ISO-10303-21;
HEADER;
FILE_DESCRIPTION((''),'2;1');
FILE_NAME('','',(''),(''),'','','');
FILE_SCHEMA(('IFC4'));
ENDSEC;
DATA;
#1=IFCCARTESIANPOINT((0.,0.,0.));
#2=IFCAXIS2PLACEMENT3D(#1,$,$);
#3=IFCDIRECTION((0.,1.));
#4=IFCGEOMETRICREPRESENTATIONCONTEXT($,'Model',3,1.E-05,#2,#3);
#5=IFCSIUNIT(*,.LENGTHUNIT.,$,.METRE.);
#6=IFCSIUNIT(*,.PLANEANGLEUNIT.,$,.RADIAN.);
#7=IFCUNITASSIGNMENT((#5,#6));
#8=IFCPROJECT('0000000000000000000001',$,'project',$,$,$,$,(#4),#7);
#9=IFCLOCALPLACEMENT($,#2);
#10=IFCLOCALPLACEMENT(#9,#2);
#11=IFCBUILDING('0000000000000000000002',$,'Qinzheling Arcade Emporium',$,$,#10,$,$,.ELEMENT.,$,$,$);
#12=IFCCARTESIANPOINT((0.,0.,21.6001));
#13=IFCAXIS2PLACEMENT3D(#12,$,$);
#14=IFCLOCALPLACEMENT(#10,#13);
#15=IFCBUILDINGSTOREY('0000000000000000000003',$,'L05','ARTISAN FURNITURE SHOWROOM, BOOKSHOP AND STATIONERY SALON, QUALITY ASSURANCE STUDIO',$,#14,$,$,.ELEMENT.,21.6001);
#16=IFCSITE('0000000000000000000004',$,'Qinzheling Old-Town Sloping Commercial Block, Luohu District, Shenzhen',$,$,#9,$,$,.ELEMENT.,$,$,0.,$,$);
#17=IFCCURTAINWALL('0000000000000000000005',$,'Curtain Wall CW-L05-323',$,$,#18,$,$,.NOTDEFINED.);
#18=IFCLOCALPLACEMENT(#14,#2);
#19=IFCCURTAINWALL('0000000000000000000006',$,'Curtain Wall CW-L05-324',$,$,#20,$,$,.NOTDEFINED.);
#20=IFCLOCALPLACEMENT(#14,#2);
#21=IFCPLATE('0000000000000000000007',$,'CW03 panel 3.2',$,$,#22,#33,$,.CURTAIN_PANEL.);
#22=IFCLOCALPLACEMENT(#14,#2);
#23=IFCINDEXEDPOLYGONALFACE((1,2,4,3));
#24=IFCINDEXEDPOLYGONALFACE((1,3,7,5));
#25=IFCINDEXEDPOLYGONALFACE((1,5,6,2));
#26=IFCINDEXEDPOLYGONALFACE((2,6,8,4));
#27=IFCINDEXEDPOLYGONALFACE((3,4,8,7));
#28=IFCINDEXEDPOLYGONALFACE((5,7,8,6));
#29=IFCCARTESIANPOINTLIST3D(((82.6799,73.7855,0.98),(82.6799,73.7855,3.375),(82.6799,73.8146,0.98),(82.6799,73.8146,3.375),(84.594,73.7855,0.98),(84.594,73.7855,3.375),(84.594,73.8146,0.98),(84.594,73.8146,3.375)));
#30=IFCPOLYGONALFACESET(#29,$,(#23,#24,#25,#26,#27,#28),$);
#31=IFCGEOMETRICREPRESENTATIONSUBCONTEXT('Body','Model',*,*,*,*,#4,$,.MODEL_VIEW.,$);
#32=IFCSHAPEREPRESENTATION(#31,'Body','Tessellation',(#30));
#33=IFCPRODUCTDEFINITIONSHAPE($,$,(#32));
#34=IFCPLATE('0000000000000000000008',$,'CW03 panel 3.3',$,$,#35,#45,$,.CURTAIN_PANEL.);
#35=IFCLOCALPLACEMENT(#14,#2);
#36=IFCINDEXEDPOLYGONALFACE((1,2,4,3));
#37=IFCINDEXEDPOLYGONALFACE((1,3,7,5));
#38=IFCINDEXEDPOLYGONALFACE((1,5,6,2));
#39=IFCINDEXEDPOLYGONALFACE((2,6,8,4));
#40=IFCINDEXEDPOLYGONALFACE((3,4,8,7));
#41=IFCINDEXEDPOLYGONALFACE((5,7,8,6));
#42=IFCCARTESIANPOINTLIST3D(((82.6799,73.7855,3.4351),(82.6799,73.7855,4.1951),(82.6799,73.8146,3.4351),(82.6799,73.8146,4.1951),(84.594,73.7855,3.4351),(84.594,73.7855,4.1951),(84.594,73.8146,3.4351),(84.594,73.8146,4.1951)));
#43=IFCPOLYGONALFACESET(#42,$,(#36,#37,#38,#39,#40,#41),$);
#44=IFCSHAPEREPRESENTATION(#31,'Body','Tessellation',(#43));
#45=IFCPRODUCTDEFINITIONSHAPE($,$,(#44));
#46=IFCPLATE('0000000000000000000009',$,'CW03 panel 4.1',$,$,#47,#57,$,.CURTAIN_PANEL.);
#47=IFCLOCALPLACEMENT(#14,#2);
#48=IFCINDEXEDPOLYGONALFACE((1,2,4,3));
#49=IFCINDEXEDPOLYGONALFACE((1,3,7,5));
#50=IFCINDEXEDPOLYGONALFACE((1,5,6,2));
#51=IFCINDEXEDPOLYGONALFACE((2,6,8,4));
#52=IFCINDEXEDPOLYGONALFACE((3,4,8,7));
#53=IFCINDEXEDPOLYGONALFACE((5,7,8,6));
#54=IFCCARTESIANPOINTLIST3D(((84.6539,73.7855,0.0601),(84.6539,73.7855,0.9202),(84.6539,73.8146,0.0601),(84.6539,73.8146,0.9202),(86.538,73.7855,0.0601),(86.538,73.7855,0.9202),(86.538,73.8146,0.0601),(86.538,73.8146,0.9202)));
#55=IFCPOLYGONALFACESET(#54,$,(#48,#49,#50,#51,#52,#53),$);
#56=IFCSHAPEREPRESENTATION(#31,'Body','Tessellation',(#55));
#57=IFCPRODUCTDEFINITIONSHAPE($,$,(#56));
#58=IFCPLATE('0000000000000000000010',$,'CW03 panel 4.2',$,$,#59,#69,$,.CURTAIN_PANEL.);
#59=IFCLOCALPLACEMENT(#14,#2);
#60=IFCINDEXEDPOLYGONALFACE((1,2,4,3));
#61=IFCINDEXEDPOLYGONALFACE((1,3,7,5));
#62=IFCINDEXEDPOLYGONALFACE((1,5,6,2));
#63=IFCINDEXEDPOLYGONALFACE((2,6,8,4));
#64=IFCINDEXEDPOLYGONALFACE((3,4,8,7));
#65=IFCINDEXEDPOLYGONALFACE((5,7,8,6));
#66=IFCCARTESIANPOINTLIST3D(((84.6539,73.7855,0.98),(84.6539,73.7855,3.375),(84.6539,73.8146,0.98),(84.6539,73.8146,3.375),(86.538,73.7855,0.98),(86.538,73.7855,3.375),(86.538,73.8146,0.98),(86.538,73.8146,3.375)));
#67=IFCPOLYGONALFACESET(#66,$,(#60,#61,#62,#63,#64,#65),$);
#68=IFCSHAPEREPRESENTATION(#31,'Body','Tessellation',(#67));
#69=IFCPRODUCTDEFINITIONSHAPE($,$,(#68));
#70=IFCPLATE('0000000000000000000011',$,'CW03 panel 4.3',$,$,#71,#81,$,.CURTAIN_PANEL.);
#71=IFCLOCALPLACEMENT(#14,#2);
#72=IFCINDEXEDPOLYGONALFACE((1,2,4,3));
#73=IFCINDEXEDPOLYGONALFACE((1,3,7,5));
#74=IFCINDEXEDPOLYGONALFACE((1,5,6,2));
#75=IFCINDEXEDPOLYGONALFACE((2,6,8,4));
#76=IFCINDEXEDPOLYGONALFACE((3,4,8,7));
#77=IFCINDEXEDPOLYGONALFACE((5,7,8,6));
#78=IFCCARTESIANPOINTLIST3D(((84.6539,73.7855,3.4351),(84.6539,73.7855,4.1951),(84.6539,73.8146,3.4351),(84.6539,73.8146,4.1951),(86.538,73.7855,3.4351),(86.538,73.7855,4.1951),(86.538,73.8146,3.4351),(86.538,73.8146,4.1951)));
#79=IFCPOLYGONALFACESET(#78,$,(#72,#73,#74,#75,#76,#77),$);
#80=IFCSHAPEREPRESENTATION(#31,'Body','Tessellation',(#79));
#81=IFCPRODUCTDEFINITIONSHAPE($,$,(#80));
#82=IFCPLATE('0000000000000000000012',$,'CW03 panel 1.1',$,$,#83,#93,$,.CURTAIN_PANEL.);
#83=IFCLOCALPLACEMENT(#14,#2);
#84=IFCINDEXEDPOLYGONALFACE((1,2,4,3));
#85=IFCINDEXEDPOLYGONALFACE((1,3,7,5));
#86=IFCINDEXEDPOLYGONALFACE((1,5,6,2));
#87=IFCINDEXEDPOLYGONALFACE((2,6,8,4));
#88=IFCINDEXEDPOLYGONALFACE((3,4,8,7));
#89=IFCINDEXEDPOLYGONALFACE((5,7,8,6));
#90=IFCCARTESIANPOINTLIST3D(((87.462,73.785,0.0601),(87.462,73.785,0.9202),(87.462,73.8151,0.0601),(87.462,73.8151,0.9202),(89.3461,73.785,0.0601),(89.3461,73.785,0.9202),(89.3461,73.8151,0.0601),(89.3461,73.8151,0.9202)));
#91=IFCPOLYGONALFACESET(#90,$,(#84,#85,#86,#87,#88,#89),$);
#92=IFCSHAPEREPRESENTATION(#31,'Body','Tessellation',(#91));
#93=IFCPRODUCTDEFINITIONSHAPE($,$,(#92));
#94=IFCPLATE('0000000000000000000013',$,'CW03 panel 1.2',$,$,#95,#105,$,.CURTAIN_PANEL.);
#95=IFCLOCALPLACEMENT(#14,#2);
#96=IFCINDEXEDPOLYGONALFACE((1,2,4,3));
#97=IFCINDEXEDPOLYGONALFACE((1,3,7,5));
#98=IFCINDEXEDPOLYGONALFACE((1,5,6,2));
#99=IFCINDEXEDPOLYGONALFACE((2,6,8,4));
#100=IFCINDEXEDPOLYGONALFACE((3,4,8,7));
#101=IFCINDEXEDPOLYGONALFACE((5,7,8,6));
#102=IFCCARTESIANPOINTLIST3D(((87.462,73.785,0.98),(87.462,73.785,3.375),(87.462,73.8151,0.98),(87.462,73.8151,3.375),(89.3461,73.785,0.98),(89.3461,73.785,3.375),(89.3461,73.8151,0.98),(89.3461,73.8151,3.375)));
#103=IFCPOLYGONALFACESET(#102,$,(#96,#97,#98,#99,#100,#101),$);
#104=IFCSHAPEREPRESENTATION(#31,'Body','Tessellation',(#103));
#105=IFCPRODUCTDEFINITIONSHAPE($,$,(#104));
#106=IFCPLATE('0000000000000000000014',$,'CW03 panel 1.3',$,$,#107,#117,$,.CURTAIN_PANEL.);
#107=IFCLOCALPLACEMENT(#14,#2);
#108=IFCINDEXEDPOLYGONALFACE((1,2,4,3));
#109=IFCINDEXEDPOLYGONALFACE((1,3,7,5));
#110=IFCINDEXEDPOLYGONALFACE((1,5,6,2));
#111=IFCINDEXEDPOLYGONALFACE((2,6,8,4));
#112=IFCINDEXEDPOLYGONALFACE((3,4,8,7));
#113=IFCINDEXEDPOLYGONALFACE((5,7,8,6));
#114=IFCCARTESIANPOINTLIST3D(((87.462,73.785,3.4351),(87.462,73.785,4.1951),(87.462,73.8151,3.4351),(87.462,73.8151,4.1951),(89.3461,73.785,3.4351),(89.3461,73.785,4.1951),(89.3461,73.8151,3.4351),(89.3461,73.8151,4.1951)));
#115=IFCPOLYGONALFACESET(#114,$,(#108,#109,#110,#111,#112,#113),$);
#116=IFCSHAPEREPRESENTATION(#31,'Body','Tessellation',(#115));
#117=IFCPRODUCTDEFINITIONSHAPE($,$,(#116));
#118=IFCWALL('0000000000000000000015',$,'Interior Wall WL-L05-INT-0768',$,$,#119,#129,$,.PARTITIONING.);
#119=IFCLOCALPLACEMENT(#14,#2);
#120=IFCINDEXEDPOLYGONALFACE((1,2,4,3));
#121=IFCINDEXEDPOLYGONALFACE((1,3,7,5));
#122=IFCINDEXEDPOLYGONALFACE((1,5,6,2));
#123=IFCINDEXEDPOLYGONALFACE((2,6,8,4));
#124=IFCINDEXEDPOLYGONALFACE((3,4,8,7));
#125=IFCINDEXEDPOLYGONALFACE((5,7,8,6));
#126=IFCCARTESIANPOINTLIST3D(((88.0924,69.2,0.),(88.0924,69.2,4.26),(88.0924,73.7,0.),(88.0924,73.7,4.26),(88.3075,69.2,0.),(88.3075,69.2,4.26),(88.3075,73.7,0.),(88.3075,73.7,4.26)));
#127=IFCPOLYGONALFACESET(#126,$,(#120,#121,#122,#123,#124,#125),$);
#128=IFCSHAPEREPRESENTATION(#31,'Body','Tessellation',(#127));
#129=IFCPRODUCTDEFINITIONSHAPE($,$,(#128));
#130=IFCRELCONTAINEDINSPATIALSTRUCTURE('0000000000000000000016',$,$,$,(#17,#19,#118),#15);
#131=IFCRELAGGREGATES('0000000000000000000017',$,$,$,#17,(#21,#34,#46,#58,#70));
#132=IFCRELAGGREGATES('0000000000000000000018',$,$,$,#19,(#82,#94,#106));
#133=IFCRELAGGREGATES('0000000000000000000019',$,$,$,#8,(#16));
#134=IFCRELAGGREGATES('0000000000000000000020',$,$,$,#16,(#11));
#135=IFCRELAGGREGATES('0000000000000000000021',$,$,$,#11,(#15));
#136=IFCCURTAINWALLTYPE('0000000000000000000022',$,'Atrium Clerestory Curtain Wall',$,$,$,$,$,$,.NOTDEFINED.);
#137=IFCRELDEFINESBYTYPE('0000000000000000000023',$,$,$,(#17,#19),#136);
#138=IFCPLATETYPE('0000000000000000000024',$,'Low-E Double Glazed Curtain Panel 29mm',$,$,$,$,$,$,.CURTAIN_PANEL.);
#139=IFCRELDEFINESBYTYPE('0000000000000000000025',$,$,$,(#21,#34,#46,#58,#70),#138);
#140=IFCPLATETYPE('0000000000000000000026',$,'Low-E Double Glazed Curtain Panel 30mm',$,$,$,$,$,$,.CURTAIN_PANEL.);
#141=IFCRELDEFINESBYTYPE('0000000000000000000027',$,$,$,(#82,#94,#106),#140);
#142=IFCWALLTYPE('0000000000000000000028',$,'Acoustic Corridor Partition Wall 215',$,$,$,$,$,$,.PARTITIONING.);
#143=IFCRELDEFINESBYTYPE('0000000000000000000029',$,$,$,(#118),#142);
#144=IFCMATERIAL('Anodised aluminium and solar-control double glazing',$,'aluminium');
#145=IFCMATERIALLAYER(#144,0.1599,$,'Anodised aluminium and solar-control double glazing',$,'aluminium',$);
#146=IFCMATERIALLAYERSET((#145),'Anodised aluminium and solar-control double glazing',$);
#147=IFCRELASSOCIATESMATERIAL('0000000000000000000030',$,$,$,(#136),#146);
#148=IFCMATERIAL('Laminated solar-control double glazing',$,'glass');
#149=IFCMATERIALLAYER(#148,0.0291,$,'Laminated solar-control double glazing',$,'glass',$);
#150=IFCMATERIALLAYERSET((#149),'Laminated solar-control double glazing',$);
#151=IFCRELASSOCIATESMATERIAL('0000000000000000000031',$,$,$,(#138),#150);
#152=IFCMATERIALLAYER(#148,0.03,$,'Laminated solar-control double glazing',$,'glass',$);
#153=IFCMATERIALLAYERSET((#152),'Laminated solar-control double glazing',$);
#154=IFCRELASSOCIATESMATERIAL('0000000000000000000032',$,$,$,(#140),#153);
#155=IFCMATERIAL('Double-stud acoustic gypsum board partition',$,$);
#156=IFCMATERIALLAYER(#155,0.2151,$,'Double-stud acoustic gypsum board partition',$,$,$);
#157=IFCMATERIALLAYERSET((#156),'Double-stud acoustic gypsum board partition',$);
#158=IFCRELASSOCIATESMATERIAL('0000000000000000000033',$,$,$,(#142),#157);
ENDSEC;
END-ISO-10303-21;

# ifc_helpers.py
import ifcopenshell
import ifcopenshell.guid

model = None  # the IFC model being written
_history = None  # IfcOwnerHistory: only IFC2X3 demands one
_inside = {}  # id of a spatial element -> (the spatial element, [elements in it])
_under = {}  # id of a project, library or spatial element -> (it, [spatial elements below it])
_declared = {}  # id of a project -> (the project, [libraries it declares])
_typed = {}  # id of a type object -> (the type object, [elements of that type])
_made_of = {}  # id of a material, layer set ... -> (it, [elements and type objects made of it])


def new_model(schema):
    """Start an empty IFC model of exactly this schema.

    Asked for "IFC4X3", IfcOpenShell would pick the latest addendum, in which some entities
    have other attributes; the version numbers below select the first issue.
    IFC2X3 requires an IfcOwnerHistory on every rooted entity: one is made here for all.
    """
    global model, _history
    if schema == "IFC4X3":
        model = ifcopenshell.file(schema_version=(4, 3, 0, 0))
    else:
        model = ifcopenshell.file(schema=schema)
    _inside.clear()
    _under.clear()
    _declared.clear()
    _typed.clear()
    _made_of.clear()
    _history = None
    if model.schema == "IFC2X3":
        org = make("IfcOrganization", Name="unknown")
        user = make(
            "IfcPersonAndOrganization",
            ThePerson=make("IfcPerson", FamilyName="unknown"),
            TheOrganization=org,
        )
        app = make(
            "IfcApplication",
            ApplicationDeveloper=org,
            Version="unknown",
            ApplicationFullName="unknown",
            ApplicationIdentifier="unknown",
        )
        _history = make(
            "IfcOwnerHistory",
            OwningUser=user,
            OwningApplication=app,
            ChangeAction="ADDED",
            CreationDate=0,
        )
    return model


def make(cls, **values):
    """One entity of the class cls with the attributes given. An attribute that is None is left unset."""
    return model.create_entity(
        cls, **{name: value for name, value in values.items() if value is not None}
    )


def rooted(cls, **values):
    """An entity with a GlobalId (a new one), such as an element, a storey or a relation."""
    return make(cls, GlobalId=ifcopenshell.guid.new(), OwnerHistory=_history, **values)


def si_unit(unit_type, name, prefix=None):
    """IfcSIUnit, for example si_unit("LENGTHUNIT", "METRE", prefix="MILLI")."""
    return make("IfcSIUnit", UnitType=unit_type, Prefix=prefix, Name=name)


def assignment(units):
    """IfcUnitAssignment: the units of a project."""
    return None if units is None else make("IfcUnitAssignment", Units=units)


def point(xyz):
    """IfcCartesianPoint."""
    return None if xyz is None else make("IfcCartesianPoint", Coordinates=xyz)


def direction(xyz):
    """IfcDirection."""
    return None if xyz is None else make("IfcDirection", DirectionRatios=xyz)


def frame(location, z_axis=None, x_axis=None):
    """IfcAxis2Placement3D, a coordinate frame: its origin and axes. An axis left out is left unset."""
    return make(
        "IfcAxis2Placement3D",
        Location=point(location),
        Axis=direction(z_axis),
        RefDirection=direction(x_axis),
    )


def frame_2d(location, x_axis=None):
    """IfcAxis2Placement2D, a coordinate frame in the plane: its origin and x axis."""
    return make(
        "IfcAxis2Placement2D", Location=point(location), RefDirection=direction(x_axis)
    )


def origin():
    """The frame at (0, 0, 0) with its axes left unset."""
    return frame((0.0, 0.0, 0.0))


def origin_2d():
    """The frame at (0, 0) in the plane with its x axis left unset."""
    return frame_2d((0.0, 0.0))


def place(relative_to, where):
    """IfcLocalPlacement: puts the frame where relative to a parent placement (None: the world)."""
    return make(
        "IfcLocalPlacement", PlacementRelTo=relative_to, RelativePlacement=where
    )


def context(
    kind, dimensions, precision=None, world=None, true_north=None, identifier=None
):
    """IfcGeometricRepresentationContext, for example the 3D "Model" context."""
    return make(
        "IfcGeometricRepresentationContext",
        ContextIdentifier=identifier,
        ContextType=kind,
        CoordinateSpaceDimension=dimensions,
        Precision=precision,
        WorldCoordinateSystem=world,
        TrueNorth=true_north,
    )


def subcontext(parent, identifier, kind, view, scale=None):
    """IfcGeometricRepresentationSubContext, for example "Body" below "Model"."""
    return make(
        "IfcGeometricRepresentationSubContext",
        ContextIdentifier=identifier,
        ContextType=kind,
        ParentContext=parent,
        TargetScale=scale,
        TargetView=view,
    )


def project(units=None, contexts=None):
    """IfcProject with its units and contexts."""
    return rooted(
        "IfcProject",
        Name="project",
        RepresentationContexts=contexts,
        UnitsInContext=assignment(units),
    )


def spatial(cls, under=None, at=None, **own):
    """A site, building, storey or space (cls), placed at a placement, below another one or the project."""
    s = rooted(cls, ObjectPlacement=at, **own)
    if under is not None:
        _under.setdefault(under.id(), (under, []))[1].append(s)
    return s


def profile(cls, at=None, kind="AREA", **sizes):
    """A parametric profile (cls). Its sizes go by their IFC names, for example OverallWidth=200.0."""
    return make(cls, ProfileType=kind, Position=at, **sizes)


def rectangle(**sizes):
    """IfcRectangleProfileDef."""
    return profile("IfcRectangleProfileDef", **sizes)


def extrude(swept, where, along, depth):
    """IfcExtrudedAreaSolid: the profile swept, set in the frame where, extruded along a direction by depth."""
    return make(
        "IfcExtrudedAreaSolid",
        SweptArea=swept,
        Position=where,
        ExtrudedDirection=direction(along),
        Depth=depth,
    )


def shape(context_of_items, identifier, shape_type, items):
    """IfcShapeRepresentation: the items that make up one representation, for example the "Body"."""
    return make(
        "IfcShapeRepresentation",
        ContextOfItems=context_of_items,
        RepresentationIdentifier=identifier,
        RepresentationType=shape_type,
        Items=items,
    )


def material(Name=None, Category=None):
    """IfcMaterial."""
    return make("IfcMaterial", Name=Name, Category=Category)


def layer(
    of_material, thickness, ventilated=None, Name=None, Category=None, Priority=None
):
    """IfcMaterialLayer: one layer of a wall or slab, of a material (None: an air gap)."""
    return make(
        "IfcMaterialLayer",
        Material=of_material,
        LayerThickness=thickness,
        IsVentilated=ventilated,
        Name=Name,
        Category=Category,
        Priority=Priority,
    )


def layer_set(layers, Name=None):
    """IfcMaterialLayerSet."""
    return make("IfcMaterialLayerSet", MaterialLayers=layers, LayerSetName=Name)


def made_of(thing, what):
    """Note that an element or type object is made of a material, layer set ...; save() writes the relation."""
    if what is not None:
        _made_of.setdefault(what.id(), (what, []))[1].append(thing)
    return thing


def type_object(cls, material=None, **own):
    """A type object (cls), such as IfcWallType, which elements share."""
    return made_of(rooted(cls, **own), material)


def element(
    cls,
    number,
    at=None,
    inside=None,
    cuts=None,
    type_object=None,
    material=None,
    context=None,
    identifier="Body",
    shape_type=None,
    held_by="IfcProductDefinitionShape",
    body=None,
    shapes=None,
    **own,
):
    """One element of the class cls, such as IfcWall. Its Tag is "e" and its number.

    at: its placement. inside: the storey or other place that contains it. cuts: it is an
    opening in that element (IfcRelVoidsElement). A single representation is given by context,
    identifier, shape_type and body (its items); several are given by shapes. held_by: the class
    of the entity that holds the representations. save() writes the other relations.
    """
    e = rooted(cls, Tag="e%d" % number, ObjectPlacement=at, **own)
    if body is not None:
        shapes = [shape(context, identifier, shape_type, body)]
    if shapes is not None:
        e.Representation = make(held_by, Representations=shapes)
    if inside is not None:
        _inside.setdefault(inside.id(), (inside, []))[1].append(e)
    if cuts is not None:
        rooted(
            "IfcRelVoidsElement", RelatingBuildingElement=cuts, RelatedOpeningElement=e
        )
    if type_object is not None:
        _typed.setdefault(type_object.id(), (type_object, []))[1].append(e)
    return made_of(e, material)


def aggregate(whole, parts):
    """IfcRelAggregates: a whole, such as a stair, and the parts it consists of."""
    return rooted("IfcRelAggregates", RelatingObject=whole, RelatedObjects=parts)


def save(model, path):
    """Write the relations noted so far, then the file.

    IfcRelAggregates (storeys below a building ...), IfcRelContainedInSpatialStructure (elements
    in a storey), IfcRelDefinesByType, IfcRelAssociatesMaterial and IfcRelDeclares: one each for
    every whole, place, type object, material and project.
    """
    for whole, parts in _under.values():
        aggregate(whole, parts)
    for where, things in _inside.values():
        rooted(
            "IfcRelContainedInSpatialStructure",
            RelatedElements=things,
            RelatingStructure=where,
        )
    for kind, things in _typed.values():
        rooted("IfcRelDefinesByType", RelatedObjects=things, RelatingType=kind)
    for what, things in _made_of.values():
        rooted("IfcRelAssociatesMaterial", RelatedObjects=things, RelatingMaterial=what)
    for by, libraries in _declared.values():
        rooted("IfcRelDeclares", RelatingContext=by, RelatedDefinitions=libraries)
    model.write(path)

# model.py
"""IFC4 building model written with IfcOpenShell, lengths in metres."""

from ifc_helpers import new_model, si_unit, direction, frame, frame_2d, origin, origin_2d, place, context, subcontext, project, spatial, rectangle, extrude, material, layer, layer_set, type_object, element, aggregate, save


model = new_model("IFC4")

# Units and contexts
model_context = context("Model", 3, precision=1e-05, world=origin(), true_north=direction((0.0, 1.0)))
body_context = subcontext(model_context, "Body", "Model", "MODEL_VIEW")
ifc_project = project(units=[si_unit("LENGTHUNIT", "METRE"), si_unit("PLANEANGLEUNIT", "RADIAN")], contexts=[model_context])

# Site, building, storey
site_placement = place(None, origin())
site = spatial("IfcSite", under=ifc_project, at=site_placement, Name="Qinzheling Old-Town Sloping Commercial Block, Luohu District, Shenzhen", CompositionType="ELEMENT", RefElevation=0.0)
building_placement = place(site_placement, origin())
building = spatial("IfcBuilding", under=site, at=building_placement, Name="Qinzheling Arcade Emporium", CompositionType="ELEMENT")
storey_placement = place(building_placement, frame((0.0, 0.0, 21.6001)))
storey = spatial("IfcBuildingStorey", under=building, at=storey_placement, Name="L05", Description="ARTISAN FURNITURE SHOWROOM, BOOKSHOP AND STATIONERY SALON, QUALITY ASSURANCE STUDIO", CompositionType="ELEMENT", Elevation=21.6001)

# Curtain walls
ifc_material_1 = material(Name="Anodised aluminium and solar-control double glazing", Category="aluminium")
ifc_layer_1 = layer(ifc_material_1, 0.1599, Name="Anodised aluminium and solar-control double glazing", Category="aluminium")
ifc_layer_set_1 = layer_set([ifc_layer_1], Name="Anodised aluminium and solar-control double glazing")
curtain_wall_type = type_object("IfcCurtainWallType", Name="Atrium Clerestory Curtain Wall", PredefinedType="NOTDEFINED", material=ifc_layer_set_1)
curtain_wall_1_placement = place(storey_placement, origin())
curtain_wall_1 = element("IfcCurtainWall", 1, at=curtain_wall_1_placement, inside=storey, type_object=curtain_wall_type, Name="Curtain Wall CW-L05-323", PredefinedType="NOTDEFINED")
curtain_wall_2_placement = place(storey_placement, origin())
curtain_wall_2 = element("IfcCurtainWall", 2, at=curtain_wall_2_placement, inside=storey, type_object=curtain_wall_type, Name="Curtain Wall CW-L05-324", PredefinedType="NOTDEFINED")

# Plates
ifc_material_2 = material(Name="Laminated solar-control double glazing", Category="glass")
ifc_layer_2 = layer(ifc_material_2, 0.0291, Name="Laminated solar-control double glazing", Category="glass")
ifc_layer_set_2 = layer_set([ifc_layer_2], Name="Laminated solar-control double glazing")
plate_type_1 = type_object("IfcPlateType", Name="Low-E Double Glazed Curtain Panel 29mm", PredefinedType="CURTAIN_PANEL", material=ifc_layer_set_2)
plate_1_placement = place(storey_placement, frame((83.637, 73.8, 0.98), z_axis=(0.0, 0.0, 1.0), x_axis=(1.0, 0.0, 0.0)))
plate_1 = element("IfcPlate", 3, at=plate_1_placement, type_object=plate_type_1, Name="CW03 panel 3.2", PredefinedType="CURTAIN_PANEL", context=body_context, shape_type="SweptSolid", body=[
    extrude(rectangle(XDim=1.9141, YDim=0.0291, at=origin_2d()), origin(), (0.0, 0.0, 1.0), 2.395),
])
plate_2_placement = place(storey_placement, frame((83.637, 73.8, 3.4351), z_axis=(0.0, 0.0, 1.0), x_axis=(1.0, 0.0, 0.0)))
plate_2 = element("IfcPlate", 4, at=plate_2_placement, type_object=plate_type_1, Name="CW03 panel 3.3", PredefinedType="CURTAIN_PANEL", context=body_context, shape_type="SweptSolid", body=[
    extrude(rectangle(XDim=1.9141, YDim=0.0291, at=origin_2d()), origin(), (0.0, 0.0, 1.0), 0.76),
])
plate_3_placement = place(storey_placement, frame((85.5959, 73.8, 0.0601), z_axis=(0.0, 0.0, 1.0), x_axis=(1.0, 0.0, 0.0)))
plate_3 = element("IfcPlate", 5, at=plate_3_placement, type_object=plate_type_1, Name="CW03 panel 4.1", PredefinedType="CURTAIN_PANEL", context=body_context, shape_type="SweptSolid", body=[
    extrude(rectangle(XDim=1.884, YDim=0.0291, at=origin_2d()), origin(), (0.0, 0.0, 1.0), 0.8601),
])
plate_4_placement = place(storey_placement, frame((85.5959, 73.8, 0.98), z_axis=(0.0, 0.0, 1.0), x_axis=(1.0, 0.0, 0.0)))
plate_4 = element("IfcPlate", 6, at=plate_4_placement, type_object=plate_type_1, Name="CW03 panel 4.2", PredefinedType="CURTAIN_PANEL", context=body_context, shape_type="SweptSolid", body=[
    extrude(rectangle(XDim=1.884, YDim=0.0291, at=origin_2d()), origin(), (0.0, 0.0, 1.0), 2.395),
])
plate_5_placement = place(storey_placement, frame((85.5959, 73.8, 3.4351), z_axis=(0.0, 0.0, 1.0), x_axis=(1.0, 0.0, 0.0)))
plate_5 = element("IfcPlate", 7, at=plate_5_placement, type_object=plate_type_1, Name="CW03 panel 4.3", PredefinedType="CURTAIN_PANEL", context=body_context, shape_type="SweptSolid", body=[
    extrude(rectangle(XDim=1.884, YDim=0.0291, at=origin_2d()), origin(), (0.0, 0.0, 1.0), 0.76),
])
aggregate(curtain_wall_1, [plate_1, plate_2, plate_3, plate_4, plate_5])
ifc_layer_3 = layer(ifc_material_2, 0.03, Name="Laminated solar-control double glazing", Category="glass")
ifc_layer_set_3 = layer_set([ifc_layer_3], Name="Laminated solar-control double glazing")
plate_type_2 = type_object("IfcPlateType", Name="Low-E Double Glazed Curtain Panel 30mm", PredefinedType="CURTAIN_PANEL", material=ifc_layer_set_3)
plate_6_placement = place(storey_placement, frame((88.4041, 73.8, 0.0601), z_axis=(0.0, 0.0, 1.0), x_axis=(1.0, 0.0, 0.0)))
plate_6 = element("IfcPlate", 8, at=plate_6_placement, type_object=plate_type_2, Name="CW03 panel 1.1", PredefinedType="CURTAIN_PANEL", context=body_context, shape_type="SweptSolid", body=[
    extrude(rectangle(XDim=1.884, YDim=0.03, at=origin_2d()), origin(), (0.0, 0.0, 1.0), 0.8601),
])
plate_7_placement = place(storey_placement, frame((88.4041, 73.8, 0.98), z_axis=(0.0, 0.0, 1.0), x_axis=(1.0, 0.0, 0.0)))
plate_7 = element("IfcPlate", 9, at=plate_7_placement, type_object=plate_type_2, Name="CW03 panel 1.2", PredefinedType="CURTAIN_PANEL", context=body_context, shape_type="SweptSolid", body=[
    extrude(rectangle(XDim=1.884, YDim=0.03, at=origin_2d()), origin(), (0.0, 0.0, 1.0), 2.395),
])
plate_8_placement = place(storey_placement, frame((88.4041, 73.8, 3.4351), z_axis=(0.0, 0.0, 1.0), x_axis=(1.0, 0.0, 0.0)))
plate_8 = element("IfcPlate", 10, at=plate_8_placement, type_object=plate_type_2, Name="CW03 panel 1.3", PredefinedType="CURTAIN_PANEL", context=body_context, shape_type="SweptSolid", body=[
    extrude(rectangle(XDim=1.884, YDim=0.03, at=origin_2d()), origin(), (0.0, 0.0, 1.0), 0.76),
])
aggregate(curtain_wall_2, [plate_6, plate_7, plate_8])

# Wall
ifc_material_3 = material(Name="Double-stud acoustic gypsum board partition")
ifc_layer_4 = layer(ifc_material_3, 0.2151, Name="Double-stud acoustic gypsum board partition")
ifc_layer_set_4 = layer_set([ifc_layer_4], Name="Double-stud acoustic gypsum board partition")
wall_type = type_object("IfcWallType", Name="Acoustic Corridor Partition Wall 215", PredefinedType="PARTITIONING", material=ifc_layer_set_4)
wall_placement = place(storey_placement, frame((88.2, 69.2, 0.0), z_axis=(0.0, 0.0, 1.0), x_axis=(0.0, 1.0, 0.0)))
element("IfcWall", 11, at=wall_placement, inside=storey, type_object=wall_type, Name="Interior Wall WL-L05-INT-0768", PredefinedType="PARTITIONING", context=body_context, shape_type="SweptSolid", body=[
    extrude(rectangle(XDim=4.5, YDim=0.2151, at=frame_2d((2.25, 0.0))), origin(), (0.0, 0.0, 1.0), 4.26),
])

save(model, "model.ifc")
